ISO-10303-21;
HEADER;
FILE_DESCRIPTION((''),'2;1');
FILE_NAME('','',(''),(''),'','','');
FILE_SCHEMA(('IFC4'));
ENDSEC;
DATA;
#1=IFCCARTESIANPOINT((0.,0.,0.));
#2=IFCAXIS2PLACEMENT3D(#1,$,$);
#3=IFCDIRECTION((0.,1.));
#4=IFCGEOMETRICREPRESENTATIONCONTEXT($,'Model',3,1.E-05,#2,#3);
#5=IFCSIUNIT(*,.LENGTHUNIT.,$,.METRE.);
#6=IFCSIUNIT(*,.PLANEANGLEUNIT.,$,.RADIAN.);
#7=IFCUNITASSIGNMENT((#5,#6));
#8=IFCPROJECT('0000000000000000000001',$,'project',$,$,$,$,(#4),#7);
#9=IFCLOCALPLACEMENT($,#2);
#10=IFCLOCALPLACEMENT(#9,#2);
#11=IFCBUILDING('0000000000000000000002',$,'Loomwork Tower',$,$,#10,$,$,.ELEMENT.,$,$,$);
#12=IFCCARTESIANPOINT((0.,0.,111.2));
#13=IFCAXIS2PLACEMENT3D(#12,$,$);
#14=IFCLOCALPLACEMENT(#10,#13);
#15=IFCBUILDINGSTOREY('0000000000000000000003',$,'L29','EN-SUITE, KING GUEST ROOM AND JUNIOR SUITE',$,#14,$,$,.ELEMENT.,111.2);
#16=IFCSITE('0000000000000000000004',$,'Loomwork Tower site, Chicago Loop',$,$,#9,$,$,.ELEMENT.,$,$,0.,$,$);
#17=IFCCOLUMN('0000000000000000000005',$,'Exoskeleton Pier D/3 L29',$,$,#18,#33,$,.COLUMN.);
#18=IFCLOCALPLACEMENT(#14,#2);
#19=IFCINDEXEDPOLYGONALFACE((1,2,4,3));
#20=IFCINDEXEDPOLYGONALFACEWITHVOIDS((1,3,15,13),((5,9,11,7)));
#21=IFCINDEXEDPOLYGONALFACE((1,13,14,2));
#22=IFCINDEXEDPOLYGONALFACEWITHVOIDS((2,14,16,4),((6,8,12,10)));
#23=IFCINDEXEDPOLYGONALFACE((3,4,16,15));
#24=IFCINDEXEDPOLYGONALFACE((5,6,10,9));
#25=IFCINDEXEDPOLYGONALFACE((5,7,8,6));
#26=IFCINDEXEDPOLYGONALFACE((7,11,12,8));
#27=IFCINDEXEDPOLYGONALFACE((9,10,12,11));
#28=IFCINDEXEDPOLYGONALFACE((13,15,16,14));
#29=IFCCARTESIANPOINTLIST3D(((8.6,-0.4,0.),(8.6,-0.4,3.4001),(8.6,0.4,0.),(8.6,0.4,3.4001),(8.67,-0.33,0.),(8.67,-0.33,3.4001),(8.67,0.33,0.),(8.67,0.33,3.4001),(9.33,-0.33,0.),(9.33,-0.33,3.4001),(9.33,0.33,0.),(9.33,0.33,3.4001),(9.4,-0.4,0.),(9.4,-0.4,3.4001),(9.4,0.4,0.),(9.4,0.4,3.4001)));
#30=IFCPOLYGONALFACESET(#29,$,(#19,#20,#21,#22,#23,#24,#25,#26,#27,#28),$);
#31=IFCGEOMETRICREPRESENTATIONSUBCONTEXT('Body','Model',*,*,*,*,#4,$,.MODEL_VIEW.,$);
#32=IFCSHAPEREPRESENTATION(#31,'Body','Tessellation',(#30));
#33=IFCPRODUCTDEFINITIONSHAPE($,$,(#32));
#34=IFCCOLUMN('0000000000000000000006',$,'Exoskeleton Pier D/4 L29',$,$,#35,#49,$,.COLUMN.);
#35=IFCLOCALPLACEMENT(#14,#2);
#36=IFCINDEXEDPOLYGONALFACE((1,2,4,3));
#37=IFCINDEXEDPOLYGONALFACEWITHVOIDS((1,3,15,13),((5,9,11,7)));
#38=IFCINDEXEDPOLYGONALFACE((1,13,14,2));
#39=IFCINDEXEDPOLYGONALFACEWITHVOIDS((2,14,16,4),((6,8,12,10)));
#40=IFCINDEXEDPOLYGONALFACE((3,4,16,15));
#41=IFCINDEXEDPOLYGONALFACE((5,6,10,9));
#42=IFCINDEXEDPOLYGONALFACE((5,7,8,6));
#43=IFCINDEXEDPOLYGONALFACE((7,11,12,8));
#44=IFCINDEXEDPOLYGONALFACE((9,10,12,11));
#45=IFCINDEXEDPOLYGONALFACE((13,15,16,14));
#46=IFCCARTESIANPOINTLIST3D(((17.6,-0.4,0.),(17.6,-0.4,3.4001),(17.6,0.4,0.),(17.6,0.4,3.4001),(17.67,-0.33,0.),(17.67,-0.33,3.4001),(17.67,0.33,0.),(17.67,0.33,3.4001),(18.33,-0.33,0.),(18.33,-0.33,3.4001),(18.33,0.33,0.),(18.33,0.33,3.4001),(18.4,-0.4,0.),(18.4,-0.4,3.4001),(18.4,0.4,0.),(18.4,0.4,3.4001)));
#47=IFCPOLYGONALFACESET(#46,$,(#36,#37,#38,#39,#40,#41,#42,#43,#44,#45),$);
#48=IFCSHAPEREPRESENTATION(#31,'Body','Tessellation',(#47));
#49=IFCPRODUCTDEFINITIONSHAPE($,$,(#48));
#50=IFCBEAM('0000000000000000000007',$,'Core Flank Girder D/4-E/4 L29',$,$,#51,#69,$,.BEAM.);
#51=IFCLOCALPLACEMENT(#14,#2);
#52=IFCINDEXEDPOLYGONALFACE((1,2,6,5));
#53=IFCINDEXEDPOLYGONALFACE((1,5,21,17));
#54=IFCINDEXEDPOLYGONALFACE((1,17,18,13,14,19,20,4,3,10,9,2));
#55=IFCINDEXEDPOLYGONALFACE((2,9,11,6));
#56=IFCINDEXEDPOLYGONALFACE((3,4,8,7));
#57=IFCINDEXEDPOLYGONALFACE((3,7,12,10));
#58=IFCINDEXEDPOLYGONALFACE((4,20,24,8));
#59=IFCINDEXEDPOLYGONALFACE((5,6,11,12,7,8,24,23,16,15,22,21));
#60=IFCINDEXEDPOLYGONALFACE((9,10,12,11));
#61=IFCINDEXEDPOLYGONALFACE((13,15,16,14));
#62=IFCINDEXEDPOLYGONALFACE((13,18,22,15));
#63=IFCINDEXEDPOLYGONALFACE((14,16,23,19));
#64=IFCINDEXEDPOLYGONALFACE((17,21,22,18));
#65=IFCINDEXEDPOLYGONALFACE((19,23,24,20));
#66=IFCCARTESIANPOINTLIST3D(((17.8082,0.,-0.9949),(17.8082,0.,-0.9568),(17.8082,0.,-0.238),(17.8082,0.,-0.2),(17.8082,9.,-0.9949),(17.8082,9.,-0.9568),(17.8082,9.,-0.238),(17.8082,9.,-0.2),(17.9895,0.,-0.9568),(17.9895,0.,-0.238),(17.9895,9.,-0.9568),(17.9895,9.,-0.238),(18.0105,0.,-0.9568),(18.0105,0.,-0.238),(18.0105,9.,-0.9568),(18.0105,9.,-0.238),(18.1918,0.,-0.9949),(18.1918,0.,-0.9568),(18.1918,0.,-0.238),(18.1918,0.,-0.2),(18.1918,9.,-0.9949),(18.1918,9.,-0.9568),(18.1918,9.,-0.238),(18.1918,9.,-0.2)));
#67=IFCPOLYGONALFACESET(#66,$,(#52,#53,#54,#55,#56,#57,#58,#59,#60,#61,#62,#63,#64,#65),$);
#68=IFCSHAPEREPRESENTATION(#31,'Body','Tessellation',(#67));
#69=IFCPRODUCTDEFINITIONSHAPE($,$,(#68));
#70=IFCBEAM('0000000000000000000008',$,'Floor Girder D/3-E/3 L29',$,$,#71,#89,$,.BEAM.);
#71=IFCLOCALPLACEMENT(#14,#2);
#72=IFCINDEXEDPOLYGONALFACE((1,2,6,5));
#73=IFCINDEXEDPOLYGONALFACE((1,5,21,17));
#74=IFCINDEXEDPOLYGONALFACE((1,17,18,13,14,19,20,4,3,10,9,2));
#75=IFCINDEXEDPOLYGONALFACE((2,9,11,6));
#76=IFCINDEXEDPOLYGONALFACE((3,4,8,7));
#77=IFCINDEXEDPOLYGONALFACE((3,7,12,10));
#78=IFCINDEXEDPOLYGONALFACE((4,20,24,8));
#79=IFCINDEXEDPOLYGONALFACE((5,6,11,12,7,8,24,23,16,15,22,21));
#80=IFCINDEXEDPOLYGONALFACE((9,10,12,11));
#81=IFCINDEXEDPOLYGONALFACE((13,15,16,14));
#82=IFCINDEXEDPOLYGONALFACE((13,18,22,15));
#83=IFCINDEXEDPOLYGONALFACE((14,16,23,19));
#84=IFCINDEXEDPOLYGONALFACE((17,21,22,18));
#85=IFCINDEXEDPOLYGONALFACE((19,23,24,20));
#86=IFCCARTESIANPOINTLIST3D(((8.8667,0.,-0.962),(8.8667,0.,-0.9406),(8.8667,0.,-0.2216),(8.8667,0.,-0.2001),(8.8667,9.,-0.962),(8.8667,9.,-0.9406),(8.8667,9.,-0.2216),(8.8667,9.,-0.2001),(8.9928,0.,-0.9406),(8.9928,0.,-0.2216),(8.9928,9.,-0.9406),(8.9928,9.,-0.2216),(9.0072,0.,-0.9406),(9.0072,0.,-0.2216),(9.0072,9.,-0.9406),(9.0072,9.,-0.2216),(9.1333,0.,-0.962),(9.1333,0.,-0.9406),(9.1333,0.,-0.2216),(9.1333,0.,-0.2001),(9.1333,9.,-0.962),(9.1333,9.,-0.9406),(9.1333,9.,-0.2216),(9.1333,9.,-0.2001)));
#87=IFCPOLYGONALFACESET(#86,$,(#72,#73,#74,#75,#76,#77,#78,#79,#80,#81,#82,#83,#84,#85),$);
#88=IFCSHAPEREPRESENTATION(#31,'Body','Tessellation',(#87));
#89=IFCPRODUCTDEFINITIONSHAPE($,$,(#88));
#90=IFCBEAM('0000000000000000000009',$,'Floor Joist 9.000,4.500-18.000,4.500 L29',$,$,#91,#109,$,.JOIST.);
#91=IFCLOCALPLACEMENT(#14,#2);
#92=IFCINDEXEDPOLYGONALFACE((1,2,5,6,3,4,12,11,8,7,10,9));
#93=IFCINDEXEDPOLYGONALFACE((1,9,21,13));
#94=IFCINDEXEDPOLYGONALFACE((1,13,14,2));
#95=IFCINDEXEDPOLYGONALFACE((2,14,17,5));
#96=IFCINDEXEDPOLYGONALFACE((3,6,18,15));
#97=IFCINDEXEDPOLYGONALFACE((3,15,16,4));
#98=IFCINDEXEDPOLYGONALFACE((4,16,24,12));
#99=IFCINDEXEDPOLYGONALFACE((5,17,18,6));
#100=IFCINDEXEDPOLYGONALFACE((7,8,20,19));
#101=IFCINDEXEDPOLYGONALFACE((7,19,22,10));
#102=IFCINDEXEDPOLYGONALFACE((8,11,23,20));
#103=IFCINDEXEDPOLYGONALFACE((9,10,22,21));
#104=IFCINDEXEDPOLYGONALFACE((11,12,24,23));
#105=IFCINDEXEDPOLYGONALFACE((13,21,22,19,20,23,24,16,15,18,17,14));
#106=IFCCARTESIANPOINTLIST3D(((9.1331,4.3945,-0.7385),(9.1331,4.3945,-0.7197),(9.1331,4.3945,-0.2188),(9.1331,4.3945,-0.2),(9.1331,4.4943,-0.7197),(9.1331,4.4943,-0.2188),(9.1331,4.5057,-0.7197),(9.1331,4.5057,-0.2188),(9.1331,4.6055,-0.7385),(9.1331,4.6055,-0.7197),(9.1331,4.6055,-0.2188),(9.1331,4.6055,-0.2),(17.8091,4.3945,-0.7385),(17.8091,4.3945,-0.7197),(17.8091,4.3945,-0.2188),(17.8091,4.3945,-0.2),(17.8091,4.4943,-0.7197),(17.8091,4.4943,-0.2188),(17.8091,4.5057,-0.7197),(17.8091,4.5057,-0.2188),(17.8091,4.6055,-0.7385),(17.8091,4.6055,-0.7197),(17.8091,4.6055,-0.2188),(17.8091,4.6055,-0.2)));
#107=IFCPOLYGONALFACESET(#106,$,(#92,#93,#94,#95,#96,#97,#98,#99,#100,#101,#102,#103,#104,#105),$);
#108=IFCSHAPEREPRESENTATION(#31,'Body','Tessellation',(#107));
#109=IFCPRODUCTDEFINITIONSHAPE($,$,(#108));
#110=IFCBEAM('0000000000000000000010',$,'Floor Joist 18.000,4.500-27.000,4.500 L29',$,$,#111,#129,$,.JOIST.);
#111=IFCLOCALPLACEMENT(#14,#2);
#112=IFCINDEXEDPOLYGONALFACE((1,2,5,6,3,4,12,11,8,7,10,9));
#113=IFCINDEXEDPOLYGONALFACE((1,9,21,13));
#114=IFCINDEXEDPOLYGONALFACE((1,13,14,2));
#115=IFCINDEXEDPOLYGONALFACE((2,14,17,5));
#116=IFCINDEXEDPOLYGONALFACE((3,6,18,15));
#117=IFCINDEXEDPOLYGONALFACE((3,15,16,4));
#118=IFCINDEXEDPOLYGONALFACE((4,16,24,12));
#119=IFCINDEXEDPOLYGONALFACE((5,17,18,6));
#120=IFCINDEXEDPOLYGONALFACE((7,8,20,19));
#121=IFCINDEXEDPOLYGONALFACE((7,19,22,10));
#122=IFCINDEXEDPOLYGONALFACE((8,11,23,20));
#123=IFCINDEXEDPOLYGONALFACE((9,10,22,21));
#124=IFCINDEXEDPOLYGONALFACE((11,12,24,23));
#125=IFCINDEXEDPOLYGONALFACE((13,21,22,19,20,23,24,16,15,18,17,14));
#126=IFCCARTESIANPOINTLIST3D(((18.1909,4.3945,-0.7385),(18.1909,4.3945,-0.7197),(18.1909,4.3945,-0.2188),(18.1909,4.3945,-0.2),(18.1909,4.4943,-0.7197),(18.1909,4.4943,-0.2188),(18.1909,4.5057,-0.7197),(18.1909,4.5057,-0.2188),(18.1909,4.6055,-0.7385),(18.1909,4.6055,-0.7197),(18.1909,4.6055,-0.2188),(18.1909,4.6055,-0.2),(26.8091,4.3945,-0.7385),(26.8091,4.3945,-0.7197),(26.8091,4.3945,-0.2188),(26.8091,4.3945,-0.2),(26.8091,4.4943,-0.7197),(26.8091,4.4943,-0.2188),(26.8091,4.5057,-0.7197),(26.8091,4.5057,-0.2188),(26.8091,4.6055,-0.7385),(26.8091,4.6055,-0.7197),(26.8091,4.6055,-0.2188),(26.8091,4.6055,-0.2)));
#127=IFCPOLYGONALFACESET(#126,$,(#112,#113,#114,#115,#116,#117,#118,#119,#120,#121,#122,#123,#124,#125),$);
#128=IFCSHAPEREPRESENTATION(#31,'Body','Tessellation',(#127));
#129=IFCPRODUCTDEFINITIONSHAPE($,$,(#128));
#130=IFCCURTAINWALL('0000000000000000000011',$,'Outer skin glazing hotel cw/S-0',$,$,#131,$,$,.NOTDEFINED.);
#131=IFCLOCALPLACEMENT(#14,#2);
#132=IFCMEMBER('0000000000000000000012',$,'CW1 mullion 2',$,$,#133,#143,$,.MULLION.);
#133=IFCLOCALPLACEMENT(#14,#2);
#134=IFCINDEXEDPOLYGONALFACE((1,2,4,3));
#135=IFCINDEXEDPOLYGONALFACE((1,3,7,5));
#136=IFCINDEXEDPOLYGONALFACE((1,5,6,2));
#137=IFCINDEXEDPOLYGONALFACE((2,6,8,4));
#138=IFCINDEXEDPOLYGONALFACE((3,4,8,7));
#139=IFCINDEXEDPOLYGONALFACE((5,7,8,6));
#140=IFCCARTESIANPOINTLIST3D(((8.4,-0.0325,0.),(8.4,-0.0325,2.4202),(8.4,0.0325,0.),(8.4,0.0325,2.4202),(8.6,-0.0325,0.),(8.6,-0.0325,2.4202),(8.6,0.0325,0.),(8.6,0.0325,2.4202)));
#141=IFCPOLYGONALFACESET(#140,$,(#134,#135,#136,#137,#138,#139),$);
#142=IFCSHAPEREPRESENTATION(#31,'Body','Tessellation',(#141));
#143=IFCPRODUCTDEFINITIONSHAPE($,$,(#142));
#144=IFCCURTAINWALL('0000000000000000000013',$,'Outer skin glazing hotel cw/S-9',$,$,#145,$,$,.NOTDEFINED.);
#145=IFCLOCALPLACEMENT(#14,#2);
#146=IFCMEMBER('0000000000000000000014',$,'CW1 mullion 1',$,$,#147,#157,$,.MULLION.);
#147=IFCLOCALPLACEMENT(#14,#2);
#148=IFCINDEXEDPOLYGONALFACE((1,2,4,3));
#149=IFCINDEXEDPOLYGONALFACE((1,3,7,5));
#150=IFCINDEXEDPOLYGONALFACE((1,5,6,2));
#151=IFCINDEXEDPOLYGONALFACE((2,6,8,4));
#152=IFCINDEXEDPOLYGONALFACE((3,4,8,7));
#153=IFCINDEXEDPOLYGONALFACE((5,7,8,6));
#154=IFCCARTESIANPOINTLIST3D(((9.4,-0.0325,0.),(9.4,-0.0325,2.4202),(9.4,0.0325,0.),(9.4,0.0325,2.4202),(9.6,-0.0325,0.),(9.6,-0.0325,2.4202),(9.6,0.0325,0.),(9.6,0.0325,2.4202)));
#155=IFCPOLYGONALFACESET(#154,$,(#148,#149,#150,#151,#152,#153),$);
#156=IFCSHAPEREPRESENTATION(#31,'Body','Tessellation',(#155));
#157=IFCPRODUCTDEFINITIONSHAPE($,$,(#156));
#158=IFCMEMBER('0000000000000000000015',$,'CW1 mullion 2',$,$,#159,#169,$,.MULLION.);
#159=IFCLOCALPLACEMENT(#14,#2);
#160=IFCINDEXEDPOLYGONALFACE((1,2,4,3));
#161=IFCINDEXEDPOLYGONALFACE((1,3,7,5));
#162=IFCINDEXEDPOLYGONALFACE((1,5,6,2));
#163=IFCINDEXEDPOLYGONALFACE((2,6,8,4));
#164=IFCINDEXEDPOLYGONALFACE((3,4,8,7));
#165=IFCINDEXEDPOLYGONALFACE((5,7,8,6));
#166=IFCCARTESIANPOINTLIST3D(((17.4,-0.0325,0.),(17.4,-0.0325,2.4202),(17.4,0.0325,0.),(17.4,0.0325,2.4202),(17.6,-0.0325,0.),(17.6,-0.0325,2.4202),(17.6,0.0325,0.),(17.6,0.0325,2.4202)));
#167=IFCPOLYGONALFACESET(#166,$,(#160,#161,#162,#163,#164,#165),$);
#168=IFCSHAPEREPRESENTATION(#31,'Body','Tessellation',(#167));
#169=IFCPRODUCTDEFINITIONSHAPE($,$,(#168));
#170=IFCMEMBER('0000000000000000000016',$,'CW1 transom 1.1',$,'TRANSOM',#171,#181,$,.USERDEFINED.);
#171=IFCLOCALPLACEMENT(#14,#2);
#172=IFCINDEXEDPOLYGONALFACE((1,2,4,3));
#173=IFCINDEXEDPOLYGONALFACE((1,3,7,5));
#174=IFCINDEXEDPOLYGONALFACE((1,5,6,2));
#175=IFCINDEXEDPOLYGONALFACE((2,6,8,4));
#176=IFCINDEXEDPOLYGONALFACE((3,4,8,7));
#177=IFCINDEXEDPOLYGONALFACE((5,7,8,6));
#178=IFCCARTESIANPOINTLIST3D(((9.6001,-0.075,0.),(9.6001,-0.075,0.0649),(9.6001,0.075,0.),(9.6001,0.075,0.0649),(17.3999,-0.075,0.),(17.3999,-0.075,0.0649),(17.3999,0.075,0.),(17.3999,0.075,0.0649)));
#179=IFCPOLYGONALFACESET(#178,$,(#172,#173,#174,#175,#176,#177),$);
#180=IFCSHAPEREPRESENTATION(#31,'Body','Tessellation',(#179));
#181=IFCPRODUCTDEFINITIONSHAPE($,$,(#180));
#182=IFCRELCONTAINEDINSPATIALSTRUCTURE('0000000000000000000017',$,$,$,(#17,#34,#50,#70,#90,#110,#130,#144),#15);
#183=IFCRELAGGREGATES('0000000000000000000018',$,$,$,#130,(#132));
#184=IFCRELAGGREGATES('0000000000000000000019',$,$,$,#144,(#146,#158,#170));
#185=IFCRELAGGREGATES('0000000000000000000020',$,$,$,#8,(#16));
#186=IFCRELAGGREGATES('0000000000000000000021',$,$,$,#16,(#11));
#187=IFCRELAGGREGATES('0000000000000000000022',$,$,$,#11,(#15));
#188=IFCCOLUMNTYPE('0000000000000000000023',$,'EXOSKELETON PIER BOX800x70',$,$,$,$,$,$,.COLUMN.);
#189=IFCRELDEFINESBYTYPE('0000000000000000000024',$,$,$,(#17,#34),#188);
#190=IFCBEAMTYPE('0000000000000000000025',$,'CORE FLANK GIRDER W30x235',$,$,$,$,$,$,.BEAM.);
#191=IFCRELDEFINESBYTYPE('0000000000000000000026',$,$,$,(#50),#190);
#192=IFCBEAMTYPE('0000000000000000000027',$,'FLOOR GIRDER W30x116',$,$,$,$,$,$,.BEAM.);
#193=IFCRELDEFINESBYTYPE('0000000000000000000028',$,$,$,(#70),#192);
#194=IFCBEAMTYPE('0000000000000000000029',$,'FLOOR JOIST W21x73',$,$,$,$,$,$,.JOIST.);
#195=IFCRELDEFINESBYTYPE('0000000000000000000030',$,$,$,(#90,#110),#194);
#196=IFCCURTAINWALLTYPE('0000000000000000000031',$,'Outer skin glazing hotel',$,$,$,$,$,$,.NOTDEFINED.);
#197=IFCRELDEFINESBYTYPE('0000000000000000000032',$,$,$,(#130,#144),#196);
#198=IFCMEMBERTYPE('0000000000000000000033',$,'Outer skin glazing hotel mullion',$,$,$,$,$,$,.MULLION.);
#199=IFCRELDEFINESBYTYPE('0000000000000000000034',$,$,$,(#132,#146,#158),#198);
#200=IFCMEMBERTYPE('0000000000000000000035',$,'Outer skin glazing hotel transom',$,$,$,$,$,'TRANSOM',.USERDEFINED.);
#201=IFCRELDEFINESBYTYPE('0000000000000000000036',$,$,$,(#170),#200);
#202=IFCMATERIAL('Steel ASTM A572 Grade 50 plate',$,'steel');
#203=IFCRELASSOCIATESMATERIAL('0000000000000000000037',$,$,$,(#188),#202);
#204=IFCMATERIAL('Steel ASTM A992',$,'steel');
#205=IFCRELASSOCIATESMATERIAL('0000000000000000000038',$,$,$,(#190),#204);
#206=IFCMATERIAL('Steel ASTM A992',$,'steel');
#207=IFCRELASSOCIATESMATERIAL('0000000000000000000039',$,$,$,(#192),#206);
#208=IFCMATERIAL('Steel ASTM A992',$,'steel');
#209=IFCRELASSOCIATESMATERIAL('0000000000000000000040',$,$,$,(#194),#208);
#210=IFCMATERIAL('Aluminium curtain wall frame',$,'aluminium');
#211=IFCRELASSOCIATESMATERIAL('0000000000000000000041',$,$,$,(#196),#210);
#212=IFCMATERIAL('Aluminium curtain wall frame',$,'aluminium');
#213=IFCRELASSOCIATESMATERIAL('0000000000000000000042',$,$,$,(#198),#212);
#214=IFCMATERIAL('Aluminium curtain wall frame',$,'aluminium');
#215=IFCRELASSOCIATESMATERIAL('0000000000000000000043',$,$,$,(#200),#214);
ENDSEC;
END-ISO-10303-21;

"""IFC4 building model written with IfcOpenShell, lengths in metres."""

from ifc_helpers import new_model, si_unit, direction, frame, origin, origin_2d, place, context, subcontext, project, spatial, rectangle, hollow_rectangle, i_section, extrude, material, material_profile, profile_set, type_object, element, aggregate, save


model = new_model("IFC4")

# Units and contexts
model_context = context("Model", 3, precision=1e-05, world=origin(), true_north=direction((0.0, 1.0)))
body_context = subcontext(model_context, "Body", "Model", "MODEL_VIEW")
ifc_project = project(units=[si_unit("LENGTHUNIT", "METRE"), si_unit("PLANEANGLEUNIT", "RADIAN")], contexts=[model_context])

# Site, building, storey
site_placement = place(None, origin())
site = spatial("IfcSite", under=ifc_project, at=site_placement, Name="Loomwork Tower site, Chicago Loop", CompositionType="ELEMENT", RefElevation=0.0)
building_placement = place(site_placement, origin())
building = spatial("IfcBuilding", under=site, at=building_placement, Name="Loomwork Tower", CompositionType="ELEMENT")
storey_placement = place(building_placement, frame((0.0, 0.0, 111.2)))
storey = spatial("IfcBuildingStorey", under=building, at=storey_placement, Name="L29", Description="EN-SUITE, KING GUEST ROOM AND JUNIOR SUITE", CompositionType="ELEMENT", Elevation=111.2)

# Columns
ifc_material_1 = material(Name="Steel ASTM A572 Grade 50 plate", Category="steel")
ifc_material_profile_1 = material_profile(ifc_material_1, hollow_rectangle(XDim=0.8, YDim=0.8, WallThickness=0.0701, at=origin_2d()), Name="BOX800x70")
ifc_profile_set_1 = profile_set([ifc_material_profile_1], Name="Steel ASTM A572 Grade 50 plate")
column_type = type_object("IfcColumnType", Name="EXOSKELETON PIER BOX800x70", PredefinedType="COLUMN", material=ifc_profile_set_1)
for number, where, z_axis, x_axis, name in (
    (1, (9.0, 0.0, 0.0), (0.0, 0.0, 1.0), (1.0, 0.0, 0.0), "Exoskeleton Pier D/3 L29"),
    (2, (18.0, 0.0, 0.0), (0.0, 0.0, 1.0), (1.0, 0.0, 0.0), "Exoskeleton Pier D/4 L29"),
):
    element("IfcColumn", number, at=place(storey_placement, frame(where, z_axis=z_axis, x_axis=x_axis)), inside=storey, type_object=column_type, Name=name, PredefinedType="COLUMN", context=body_context, shape_type="SweptSolid", body=[
        extrude(hollow_rectangle(XDim=0.8, YDim=0.8, WallThickness=0.0701, at=origin_2d()), origin(), (0.0, 0.0, 1.0), 3.4001),
    ])

# Beams
ifc_material_2 = material(Name="Steel ASTM A992", Category="steel")
ifc_material_profile_2 = material_profile(ifc_material_2, i_section(OverallWidth=0.3835, OverallDepth=0.7949, WebThickness=0.021, FlangeThickness=0.0381, at=origin_2d()), Name="W30x235")
ifc_profile_set_2 = profile_set([ifc_material_profile_2], Name="Steel ASTM A992")
beam_type_1 = type_object("IfcBeamType", Name="CORE FLANK GIRDER W30x235", PredefinedType="BEAM", material=ifc_profile_set_2)
beam_1_placement = place(storey_placement, frame((18.0, 0.0, -0.5974), z_axis=(0.0, 1.0, 0.0), x_axis=(-1.0, 0.0, 0.0)))
element("IfcBeam", 3, at=beam_1_placement, inside=storey, type_object=beam_type_1, Name="Core Flank Girder D/4-E/4 L29", PredefinedType="BEAM", context=body_context, shape_type="SweptSolid", body=[
    extrude(i_section(OverallWidth=0.3835, OverallDepth=0.7949, WebThickness=0.021, FlangeThickness=0.0381, at=origin_2d()), origin(), (0.0, 0.0, 1.0), 9.0),
])
ifc_material_3 = material(Name="Steel ASTM A992", Category="steel")
ifc_material_profile_3 = material_profile(ifc_material_3, i_section(OverallWidth=0.2666, OverallDepth=0.762, WebThickness=0.0144, FlangeThickness=0.0215, at=origin_2d()), Name="W30x116")
ifc_profile_set_3 = profile_set([ifc_material_profile_3], Name="Steel ASTM A992")
beam_type_2 = type_object("IfcBeamType", Name="FLOOR GIRDER W30x116", PredefinedType="BEAM", material=ifc_profile_set_3)
beam_2_placement = place(storey_placement, frame((9.0, 0.0, -0.5811), z_axis=(0.0, 1.0, 0.0), x_axis=(-1.0, 0.0, 0.0)))
element("IfcBeam", 4, at=beam_2_placement, inside=storey, type_object=beam_type_2, Name="Floor Girder D/3-E/3 L29", PredefinedType="BEAM", context=body_context, shape_type="SweptSolid", body=[
    extrude(i_section(OverallWidth=0.2666, OverallDepth=0.762, WebThickness=0.0144, FlangeThickness=0.0215, at=origin_2d()), origin(), (0.0, 0.0, 1.0), 9.0),
])
ifc_material_4 = material(Name="Steel ASTM A992", Category="steel")
ifc_material_profile_4 = material_profile(ifc_material_4, i_section(OverallWidth=0.2109, OverallDepth=0.5386, WebThickness=0.0115, FlangeThickness=0.0188, at=origin_2d()), Name="W21x73")
ifc_profile_set_4 = profile_set([ifc_material_profile_4], Name="Steel ASTM A992")
beam_type_3 = type_object("IfcBeamType", Name="FLOOR JOIST W21x73", PredefinedType="JOIST", material=ifc_profile_set_4)
beam_3_placement = place(storey_placement, frame((9.1331, 4.5, -0.4692), z_axis=(1.0, 0.0, 0.0), x_axis=(0.0, 1.0, 0.0)))
element("IfcBeam", 5, at=beam_3_placement, inside=storey, type_object=beam_type_3, Name="Floor Joist 9.000,4.500-18.000,4.500 L29", PredefinedType="JOIST", context=body_context, shape_type="SweptSolid", body=[
    extrude(i_section(OverallWidth=0.2109, OverallDepth=0.5386, WebThickness=0.0115, FlangeThickness=0.0188, at=origin_2d()), origin(), (0.0, 0.0, 1.0), 8.676),
])
beam_4_placement = place(storey_placement, frame((18.1909, 4.5, -0.4692), z_axis=(1.0, 0.0, 0.0), x_axis=(0.0, 1.0, 0.0)))
element("IfcBeam", 6, at=beam_4_placement, inside=storey, type_object=beam_type_3, Name="Floor Joist 18.000,4.500-27.000,4.500 L29", PredefinedType="JOIST", context=body_context, shape_type="SweptSolid", body=[
    extrude(i_section(OverallWidth=0.2109, OverallDepth=0.5386, WebThickness=0.0115, FlangeThickness=0.0188, at=origin_2d()), origin(), (0.0, 0.0, 1.0), 8.6182),
])

# Curtain wall, member
ifc_material_5 = material(Name="Aluminium curtain wall frame", Category="aluminium")
curtain_wall_type = type_object("IfcCurtainWallType", Name="Outer skin glazing hotel", PredefinedType="NOTDEFINED", material=ifc_material_5)
curtain_wall_1_placement = place(storey_placement, origin())
curtain_wall_1 = element("IfcCurtainWall", 7, at=curtain_wall_1_placement, inside=storey, type_object=curtain_wall_type, Name="Outer skin glazing hotel cw/S-0", PredefinedType="NOTDEFINED")
ifc_material_6 = material(Name="Aluminium curtain wall frame", Category="aluminium")
ifc_material_profile_5 = material_profile(ifc_material_6, rectangle(XDim=0.0649, YDim=0.2, at=origin_2d()), Name="AL 65x200")
ifc_profile_set_5 = profile_set([ifc_material_profile_5], Name="Aluminium curtain wall frame")
member_type_1 = type_object("IfcMemberType", Name="Outer skin glazing hotel mullion", PredefinedType="MULLION", material=ifc_profile_set_5)
member_1_placement = place(storey_placement, frame((8.5, 0.0, 0.0), z_axis=(0.0, 0.0, 1.0), x_axis=(0.0, 1.0, 0.0)))
member_1 = element("IfcMember", 8, at=member_1_placement, type_object=member_type_1, Name="CW1 mullion 2", PredefinedType="MULLION", context=body_context, shape_type="SweptSolid", body=[
    extrude(rectangle(XDim=0.0649, YDim=0.2, at=origin_2d()), origin(), (0.0, 0.0, 1.0), 2.4202),
])
aggregate(curtain_wall_1, [member_1])

# Curtain wall, members
curtain_wall_2_placement = place(storey_placement, origin())
curtain_wall_2 = element("IfcCurtainWall", 9, at=curtain_wall_2_placement, inside=storey, type_object=curtain_wall_type, Name="Outer skin glazing hotel cw/S-9", PredefinedType="NOTDEFINED")
member_2_placement = place(storey_placement, frame((9.5, 0.0, 0.0), z_axis=(0.0, 0.0, 1.0), x_axis=(0.0, 1.0, 0.0)))
member_2 = element("IfcMember", 10, at=member_2_placement, type_object=member_type_1, Name="CW1 mullion 1", PredefinedType="MULLION", context=body_context, shape_type="SweptSolid", body=[
    extrude(rectangle(XDim=0.0649, YDim=0.2, at=origin_2d()), origin(), (0.0, 0.0, 1.0), 2.4202),
])
member_3_placement = place(storey_placement, frame((17.5, 0.0, 0.0), z_axis=(0.0, 0.0, 1.0), x_axis=(0.0, 1.0, 0.0)))
member_3 = element("IfcMember", 11, at=member_3_placement, type_object=member_type_1, Name="CW1 mullion 2", PredefinedType="MULLION", context=body_context, shape_type="SweptSolid", body=[
    extrude(rectangle(XDim=0.0649, YDim=0.2, at=origin_2d()), origin(), (0.0, 0.0, 1.0), 2.4202),
])
ifc_material_7 = material(Name="Aluminium curtain wall frame", Category="aluminium")
ifc_material_profile_6 = material_profile(ifc_material_7, rectangle(XDim=0.1499, YDim=0.0649, at=origin_2d()), Name="AL 65x150")
ifc_profile_set_6 = profile_set([ifc_material_profile_6], Name="Aluminium curtain wall frame")
member_type_2 = type_object("IfcMemberType", Name="Outer skin glazing hotel transom", ElementType="TRANSOM", PredefinedType="USERDEFINED", material=ifc_profile_set_6)
member_4_placement = place(storey_placement, frame((9.6001, 0.0, 0.0325), z_axis=(1.0, 0.0, 0.0), x_axis=(0.0, 1.0, 0.0)))
member_4 = element("IfcMember", 12, at=member_4_placement, type_object=member_type_2, Name="CW1 transom 1.1", ObjectType="TRANSOM", PredefinedType="USERDEFINED", context=body_context, shape_type="SweptSolid", body=[
    extrude(rectangle(XDim=0.1499, YDim=0.0649, at=origin_2d()), origin(), (0.0, 0.0, 1.0), 7.7998),
])

aggregate(curtain_wall_2, [member_2, member_3, member_4])

save(model, "model.ifc")
